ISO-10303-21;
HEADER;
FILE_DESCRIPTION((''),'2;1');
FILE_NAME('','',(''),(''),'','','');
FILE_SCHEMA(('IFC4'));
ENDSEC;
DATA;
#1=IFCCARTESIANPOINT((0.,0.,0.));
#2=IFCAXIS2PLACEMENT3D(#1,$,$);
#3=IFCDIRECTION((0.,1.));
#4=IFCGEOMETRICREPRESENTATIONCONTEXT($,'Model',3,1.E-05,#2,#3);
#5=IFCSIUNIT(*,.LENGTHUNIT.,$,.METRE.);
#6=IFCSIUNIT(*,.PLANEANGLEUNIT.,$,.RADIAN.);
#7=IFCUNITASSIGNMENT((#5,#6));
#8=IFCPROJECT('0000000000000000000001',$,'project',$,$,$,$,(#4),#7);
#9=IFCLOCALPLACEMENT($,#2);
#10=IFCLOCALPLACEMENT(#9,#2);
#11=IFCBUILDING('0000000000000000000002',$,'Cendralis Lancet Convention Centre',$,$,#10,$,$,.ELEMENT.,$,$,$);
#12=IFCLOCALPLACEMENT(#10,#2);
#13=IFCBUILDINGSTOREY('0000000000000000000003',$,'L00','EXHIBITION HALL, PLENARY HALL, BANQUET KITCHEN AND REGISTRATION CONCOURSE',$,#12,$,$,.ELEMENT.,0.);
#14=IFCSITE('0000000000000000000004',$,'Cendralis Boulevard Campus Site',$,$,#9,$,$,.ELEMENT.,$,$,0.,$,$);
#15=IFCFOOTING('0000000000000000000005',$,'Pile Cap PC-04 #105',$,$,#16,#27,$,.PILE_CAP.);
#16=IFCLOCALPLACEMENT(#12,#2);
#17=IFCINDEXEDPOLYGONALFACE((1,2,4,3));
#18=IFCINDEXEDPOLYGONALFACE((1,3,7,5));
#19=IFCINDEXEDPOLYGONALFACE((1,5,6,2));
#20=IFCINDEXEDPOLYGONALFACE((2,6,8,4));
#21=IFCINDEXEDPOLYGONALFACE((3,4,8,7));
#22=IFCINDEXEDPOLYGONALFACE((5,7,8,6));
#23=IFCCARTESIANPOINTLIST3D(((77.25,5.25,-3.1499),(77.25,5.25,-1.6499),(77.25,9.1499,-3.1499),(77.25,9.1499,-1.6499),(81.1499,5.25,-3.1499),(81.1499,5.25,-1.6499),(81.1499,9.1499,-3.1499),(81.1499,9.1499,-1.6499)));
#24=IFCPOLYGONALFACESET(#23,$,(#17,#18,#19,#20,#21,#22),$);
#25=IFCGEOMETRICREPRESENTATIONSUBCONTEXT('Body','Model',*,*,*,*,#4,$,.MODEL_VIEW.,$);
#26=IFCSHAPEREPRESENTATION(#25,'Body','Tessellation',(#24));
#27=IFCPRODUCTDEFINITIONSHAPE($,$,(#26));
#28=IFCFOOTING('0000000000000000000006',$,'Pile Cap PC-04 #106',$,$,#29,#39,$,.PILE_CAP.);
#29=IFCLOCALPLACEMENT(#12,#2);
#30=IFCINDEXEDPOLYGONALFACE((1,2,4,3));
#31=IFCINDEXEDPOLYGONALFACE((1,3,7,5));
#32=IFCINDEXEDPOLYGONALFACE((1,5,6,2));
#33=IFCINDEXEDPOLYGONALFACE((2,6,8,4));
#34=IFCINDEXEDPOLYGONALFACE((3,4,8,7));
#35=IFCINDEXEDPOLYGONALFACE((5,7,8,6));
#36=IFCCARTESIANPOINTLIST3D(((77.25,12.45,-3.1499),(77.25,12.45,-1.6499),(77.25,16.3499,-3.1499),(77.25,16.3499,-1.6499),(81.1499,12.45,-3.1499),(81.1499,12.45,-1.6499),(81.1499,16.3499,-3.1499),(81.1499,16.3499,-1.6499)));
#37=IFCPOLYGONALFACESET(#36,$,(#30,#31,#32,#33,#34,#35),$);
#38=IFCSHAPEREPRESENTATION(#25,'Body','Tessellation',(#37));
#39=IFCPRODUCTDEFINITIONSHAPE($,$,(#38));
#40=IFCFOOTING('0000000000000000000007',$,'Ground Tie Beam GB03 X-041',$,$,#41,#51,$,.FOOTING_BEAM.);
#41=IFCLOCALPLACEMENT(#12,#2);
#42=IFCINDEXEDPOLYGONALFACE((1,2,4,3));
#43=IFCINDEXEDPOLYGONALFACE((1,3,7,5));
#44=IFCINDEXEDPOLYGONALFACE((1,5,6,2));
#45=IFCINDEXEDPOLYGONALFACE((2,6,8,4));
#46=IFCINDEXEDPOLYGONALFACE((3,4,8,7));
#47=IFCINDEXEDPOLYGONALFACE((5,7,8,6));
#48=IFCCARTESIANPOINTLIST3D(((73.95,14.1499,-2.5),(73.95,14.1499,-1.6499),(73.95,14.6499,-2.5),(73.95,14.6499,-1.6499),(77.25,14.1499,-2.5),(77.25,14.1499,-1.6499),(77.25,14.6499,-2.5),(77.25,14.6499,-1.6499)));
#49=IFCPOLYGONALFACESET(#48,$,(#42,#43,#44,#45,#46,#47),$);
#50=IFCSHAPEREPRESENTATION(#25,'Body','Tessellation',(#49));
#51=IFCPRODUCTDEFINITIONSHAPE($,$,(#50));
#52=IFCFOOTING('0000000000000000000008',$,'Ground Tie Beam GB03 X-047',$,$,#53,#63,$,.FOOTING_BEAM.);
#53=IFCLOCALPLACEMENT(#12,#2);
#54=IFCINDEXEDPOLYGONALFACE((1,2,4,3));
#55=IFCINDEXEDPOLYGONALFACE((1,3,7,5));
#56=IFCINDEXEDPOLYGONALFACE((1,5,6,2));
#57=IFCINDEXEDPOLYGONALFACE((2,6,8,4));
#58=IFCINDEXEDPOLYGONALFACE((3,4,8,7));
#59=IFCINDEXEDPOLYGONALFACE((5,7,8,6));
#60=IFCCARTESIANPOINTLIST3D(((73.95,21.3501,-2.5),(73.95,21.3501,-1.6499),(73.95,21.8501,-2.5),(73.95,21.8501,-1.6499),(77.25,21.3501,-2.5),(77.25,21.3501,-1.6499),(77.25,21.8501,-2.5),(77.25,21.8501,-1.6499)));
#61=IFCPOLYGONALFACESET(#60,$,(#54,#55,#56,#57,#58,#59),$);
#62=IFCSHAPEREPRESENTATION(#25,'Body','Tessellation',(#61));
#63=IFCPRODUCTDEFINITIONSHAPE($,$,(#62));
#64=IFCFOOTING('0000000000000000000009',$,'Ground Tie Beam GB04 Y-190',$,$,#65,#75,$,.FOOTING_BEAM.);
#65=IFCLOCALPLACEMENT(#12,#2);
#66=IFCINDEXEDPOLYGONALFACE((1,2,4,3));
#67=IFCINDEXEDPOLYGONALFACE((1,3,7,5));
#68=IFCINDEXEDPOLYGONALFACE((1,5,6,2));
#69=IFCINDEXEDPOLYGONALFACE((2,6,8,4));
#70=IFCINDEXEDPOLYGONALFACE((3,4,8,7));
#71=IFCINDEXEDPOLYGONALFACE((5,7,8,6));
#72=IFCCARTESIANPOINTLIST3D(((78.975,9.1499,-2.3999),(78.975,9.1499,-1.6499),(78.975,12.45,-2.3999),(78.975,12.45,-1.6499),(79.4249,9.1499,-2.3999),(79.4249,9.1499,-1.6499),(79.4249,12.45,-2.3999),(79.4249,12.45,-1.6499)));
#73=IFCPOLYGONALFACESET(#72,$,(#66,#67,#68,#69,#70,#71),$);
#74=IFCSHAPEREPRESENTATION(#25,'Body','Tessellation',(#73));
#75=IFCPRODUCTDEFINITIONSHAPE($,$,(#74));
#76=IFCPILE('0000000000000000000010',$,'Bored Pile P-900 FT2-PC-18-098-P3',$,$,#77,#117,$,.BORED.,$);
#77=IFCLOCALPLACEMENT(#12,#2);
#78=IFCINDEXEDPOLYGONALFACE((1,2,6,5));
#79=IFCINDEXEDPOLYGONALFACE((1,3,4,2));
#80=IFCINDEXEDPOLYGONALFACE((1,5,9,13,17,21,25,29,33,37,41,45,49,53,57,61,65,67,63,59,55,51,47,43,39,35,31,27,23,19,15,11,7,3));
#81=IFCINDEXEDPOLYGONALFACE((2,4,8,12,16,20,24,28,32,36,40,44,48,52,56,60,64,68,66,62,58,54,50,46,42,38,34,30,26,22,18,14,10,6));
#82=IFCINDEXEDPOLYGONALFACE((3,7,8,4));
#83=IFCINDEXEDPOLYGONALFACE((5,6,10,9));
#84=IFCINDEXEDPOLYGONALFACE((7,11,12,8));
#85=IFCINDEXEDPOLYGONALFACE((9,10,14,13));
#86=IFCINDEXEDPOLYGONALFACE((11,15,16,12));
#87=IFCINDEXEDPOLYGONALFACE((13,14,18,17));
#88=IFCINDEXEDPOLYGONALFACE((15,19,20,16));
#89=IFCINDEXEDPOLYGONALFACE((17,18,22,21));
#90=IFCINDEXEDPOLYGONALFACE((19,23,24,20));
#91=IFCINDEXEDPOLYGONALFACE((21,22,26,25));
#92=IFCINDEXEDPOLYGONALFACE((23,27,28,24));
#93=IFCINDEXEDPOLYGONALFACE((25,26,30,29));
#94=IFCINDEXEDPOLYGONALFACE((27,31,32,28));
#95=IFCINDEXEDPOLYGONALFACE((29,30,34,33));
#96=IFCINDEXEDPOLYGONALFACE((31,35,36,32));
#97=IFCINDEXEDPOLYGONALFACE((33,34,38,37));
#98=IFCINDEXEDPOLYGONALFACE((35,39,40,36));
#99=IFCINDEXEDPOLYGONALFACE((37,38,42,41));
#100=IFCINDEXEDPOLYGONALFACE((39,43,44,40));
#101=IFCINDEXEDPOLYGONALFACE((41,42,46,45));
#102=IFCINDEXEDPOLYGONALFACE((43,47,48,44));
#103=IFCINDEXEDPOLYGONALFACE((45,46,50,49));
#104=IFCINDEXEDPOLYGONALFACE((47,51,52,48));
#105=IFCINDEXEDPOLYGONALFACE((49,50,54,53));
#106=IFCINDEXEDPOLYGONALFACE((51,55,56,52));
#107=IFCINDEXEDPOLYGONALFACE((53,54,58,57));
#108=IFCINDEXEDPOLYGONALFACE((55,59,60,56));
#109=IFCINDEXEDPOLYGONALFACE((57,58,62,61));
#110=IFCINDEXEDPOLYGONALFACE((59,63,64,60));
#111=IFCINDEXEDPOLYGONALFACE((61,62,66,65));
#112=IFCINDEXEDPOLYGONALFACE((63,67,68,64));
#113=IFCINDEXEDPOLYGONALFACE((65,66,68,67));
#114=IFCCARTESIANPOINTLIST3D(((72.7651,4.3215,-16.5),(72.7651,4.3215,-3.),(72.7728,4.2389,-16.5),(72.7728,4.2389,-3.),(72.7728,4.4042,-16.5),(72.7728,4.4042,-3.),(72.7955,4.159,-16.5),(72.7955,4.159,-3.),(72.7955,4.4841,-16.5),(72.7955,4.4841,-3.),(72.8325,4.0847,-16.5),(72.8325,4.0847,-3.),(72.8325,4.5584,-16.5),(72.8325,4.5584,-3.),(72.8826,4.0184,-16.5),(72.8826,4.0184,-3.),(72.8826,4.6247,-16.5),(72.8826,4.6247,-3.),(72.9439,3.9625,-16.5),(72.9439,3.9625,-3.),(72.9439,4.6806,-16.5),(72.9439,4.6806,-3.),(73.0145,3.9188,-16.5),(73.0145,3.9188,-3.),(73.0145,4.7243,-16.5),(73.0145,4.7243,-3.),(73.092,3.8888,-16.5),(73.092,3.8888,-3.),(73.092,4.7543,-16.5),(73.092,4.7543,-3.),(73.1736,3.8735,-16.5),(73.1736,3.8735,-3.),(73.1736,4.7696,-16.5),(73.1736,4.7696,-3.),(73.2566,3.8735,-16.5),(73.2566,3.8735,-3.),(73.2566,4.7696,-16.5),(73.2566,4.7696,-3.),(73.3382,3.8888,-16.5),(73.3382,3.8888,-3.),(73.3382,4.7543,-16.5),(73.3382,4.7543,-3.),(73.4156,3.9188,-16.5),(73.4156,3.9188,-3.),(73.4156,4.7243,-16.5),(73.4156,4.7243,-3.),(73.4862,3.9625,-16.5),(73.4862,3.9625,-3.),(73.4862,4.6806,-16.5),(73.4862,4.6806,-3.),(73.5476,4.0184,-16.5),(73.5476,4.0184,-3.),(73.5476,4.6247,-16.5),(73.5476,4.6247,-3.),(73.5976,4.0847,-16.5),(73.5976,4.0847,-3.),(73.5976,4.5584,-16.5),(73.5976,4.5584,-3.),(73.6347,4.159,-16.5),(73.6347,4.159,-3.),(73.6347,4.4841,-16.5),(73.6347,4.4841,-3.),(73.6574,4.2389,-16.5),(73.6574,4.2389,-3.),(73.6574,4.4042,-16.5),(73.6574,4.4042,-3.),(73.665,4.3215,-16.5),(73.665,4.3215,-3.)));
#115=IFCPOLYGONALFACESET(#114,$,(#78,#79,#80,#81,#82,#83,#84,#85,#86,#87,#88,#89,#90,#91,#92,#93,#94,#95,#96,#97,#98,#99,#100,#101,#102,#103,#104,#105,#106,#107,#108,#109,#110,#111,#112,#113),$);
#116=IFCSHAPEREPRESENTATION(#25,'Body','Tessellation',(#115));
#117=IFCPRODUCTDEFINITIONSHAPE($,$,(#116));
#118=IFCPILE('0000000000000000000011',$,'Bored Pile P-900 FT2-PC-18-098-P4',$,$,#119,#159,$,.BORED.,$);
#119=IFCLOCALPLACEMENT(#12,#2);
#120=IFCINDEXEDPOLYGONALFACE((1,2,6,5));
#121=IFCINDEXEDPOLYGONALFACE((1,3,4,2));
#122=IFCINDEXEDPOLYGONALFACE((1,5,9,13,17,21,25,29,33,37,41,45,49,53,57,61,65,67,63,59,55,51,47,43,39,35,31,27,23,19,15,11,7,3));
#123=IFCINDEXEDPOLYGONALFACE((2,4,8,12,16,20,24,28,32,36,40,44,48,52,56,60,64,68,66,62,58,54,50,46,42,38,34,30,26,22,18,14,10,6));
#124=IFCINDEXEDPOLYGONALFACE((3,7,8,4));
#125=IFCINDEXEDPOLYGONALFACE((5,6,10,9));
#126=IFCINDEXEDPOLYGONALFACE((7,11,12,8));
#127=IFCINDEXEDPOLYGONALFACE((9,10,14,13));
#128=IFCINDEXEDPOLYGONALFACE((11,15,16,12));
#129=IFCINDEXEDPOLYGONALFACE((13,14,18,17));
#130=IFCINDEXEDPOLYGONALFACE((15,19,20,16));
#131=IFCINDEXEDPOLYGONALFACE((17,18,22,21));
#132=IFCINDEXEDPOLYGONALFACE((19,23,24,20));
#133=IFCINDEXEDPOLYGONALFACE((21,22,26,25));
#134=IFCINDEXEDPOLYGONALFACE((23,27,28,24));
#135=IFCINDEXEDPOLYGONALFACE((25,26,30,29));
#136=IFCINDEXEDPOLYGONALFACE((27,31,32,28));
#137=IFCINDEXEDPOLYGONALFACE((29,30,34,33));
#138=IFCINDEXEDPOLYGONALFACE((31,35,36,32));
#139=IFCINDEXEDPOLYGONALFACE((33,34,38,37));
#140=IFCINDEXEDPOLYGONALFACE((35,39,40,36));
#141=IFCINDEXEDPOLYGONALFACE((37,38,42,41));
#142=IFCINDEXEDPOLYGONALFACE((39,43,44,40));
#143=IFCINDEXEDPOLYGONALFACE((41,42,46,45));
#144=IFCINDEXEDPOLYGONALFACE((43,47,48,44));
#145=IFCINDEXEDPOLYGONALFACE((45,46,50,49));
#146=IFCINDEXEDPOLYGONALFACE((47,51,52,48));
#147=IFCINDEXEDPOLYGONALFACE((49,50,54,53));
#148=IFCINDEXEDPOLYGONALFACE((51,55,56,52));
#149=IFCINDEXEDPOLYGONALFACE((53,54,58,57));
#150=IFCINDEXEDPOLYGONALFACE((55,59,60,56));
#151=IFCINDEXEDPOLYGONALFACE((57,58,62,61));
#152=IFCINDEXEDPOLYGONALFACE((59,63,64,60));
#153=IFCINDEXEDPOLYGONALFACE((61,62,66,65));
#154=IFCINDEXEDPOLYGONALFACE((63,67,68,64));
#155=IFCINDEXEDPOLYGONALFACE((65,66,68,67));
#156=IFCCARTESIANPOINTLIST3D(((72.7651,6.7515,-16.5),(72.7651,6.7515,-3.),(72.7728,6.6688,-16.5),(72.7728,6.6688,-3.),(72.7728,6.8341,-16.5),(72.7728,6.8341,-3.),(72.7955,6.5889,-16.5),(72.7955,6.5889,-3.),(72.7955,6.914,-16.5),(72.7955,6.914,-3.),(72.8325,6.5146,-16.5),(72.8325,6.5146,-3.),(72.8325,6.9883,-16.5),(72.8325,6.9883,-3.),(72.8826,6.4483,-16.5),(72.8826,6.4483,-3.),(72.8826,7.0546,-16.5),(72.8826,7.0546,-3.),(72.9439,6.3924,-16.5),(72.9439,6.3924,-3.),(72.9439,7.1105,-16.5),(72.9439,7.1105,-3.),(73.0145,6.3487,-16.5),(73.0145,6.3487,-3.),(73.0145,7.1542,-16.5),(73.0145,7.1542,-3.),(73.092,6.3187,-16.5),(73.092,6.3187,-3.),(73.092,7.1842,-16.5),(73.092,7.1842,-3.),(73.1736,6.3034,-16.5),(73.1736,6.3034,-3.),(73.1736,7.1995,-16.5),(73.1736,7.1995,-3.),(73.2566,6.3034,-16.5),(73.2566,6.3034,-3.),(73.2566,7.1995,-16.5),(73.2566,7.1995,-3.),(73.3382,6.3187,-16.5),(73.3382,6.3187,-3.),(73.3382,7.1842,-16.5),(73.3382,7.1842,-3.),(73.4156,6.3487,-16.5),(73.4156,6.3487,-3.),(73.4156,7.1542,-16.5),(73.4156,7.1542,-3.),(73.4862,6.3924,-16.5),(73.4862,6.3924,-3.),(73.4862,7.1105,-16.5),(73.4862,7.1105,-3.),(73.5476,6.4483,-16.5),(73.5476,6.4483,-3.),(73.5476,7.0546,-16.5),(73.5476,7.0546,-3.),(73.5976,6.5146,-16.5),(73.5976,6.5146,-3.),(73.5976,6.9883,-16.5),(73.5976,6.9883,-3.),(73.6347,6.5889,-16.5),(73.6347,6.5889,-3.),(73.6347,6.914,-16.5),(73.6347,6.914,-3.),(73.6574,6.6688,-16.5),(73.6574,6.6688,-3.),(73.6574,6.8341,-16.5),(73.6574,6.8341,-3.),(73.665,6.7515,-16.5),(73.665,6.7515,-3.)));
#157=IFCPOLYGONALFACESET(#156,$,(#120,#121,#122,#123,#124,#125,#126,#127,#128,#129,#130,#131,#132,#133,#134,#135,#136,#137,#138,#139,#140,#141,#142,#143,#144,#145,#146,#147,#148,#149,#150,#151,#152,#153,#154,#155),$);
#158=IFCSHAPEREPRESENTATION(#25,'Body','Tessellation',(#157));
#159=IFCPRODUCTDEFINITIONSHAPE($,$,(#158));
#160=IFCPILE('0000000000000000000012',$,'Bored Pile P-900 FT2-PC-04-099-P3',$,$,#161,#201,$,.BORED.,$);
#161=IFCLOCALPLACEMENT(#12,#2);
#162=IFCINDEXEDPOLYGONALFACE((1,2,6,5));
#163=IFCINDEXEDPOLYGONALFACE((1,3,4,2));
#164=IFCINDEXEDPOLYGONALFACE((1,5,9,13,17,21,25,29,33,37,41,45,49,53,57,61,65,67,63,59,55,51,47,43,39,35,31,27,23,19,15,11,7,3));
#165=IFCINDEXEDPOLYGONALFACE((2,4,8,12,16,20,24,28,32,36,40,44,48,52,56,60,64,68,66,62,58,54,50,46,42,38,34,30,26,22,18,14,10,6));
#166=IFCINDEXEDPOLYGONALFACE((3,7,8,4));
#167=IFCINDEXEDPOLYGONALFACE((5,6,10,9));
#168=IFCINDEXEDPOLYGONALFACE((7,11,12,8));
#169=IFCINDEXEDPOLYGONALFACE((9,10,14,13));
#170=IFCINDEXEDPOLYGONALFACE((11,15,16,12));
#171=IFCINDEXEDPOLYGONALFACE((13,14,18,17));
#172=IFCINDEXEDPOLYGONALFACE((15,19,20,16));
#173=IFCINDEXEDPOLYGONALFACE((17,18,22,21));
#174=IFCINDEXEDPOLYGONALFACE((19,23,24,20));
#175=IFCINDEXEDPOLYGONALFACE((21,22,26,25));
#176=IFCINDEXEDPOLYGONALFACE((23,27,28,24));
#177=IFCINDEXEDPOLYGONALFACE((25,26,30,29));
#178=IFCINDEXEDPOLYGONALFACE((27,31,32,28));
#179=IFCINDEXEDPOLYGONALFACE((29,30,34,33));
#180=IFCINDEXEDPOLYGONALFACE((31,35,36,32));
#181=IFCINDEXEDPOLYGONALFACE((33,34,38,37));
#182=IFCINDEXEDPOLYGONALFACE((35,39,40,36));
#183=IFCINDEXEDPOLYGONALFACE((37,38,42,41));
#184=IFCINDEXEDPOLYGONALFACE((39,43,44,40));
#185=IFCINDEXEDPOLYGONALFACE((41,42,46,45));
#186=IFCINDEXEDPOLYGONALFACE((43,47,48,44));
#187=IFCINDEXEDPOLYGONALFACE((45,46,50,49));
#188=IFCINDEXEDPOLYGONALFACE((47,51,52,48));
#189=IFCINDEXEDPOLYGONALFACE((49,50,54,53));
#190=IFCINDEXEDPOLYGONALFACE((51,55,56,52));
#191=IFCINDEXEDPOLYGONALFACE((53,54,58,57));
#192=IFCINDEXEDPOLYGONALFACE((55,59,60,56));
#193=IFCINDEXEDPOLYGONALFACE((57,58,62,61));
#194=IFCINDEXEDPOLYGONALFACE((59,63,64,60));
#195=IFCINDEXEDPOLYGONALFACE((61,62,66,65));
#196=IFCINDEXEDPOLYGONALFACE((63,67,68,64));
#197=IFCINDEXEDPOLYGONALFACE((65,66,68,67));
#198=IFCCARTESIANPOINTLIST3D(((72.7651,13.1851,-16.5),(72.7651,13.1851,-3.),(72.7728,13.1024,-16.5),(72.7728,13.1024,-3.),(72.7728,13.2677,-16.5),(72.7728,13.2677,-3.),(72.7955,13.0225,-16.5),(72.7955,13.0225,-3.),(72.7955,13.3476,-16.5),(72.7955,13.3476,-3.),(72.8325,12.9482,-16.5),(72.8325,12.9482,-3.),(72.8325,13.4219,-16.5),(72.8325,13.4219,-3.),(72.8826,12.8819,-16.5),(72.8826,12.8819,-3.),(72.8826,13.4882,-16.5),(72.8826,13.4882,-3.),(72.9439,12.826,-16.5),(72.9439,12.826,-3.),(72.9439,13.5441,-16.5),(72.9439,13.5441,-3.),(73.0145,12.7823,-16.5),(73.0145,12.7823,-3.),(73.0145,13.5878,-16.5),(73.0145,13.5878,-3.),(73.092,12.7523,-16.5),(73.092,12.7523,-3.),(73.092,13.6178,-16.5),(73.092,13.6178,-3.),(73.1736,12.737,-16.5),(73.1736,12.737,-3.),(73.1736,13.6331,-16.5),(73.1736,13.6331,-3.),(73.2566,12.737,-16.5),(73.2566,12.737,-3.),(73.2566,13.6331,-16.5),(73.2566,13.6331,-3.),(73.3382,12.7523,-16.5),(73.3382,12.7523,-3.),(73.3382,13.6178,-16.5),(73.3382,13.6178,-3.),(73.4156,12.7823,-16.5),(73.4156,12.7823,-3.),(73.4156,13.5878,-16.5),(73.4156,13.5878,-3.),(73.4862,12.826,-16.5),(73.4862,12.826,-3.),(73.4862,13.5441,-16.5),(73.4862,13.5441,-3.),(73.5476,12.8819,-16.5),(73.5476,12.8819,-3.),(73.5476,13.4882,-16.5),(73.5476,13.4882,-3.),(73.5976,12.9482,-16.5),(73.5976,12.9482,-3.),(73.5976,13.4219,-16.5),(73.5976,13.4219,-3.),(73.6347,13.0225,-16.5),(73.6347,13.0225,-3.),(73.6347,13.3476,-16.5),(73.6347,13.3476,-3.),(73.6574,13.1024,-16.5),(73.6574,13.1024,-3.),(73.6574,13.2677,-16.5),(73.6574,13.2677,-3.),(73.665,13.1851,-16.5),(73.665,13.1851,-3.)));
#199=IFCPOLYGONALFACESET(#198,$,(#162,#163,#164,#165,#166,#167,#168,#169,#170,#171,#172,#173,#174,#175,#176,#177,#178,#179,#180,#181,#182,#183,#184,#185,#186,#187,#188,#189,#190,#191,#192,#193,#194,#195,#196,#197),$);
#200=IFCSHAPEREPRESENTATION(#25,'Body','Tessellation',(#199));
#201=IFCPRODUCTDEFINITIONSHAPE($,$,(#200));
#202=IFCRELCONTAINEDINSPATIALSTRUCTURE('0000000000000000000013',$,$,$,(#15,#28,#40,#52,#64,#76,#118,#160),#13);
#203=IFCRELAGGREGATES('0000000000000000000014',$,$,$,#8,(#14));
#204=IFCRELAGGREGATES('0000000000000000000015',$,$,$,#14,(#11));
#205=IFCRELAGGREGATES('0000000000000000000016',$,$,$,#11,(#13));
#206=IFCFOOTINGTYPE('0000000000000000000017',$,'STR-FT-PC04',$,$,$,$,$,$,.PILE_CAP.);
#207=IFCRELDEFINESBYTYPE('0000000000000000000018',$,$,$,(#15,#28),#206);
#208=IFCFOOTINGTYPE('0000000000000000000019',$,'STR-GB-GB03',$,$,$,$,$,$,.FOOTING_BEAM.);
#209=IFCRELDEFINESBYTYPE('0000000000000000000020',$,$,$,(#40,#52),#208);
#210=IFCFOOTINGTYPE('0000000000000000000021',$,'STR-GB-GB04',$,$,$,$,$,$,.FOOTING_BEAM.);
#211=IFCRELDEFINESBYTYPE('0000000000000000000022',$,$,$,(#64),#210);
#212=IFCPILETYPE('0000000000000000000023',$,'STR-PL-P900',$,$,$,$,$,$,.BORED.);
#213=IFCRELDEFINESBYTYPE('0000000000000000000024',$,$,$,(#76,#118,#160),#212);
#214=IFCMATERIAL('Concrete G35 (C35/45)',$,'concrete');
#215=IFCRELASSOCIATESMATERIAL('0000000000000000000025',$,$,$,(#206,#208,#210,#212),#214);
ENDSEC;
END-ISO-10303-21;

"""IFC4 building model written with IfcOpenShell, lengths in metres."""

from ifc_helpers import new_model, si_unit, direction, frame, origin, origin_2d, place, context, subcontext, project, spatial, rectangle, circle, extrude, material, material_profile, profile_set, type_object, element, save


model = new_model("IFC4")

# Units and contexts
model_context = context("Model", 3, precision=1e-05, world=origin(), true_north=direction((0.0, 1.0)))
body_context = subcontext(model_context, "Body", "Model", "MODEL_VIEW")
ifc_project = project(units=[si_unit("LENGTHUNIT", "METRE"), si_unit("PLANEANGLEUNIT", "RADIAN")], contexts=[model_context])

# Site, building, storey
site_placement = place(None, origin())
site = spatial("IfcSite", under=ifc_project, at=site_placement, Name="Cendralis Boulevard Campus Site", CompositionType="ELEMENT", RefElevation=0.0)
building_placement = place(site_placement, origin())
building = spatial("IfcBuilding", under=site, at=building_placement, Name="Cendralis Lancet Convention Centre", CompositionType="ELEMENT")
storey_placement = place(building_placement, origin())
storey = spatial("IfcBuildingStorey", under=building, at=storey_placement, Name="L00", Description="EXHIBITION HALL, PLENARY HALL, BANQUET KITCHEN AND REGISTRATION CONCOURSE", CompositionType="ELEMENT", Elevation=0.0)

# Footings
ifc_material_1 = material(Name="Concrete G35 (C35/45)", Category="concrete")
footing_type_1 = type_object("IfcFootingType", Name="STR-FT-PC04", PredefinedType="PILE_CAP", material=ifc_material_1)
for number, where, z_axis, x_axis, name in (
    (1, (79.2, 7.2, -3.1499), (0.0, 0.0, 1.0), (1.0, 0.0, 0.0), "Pile Cap PC-04 #105"),
    (2, (79.2, 14.3999, -3.1499), (0.0, 0.0, 1.0), (1.0, 0.0, 0.0), "Pile Cap PC-04 #106"),
):
    element("IfcFooting", number, at=place(storey_placement, frame(where, z_axis=z_axis, x_axis=x_axis)), inside=storey, type_object=footing_type_1, Name=name, PredefinedType="PILE_CAP", context=body_context, shape_type="SweptSolid", body=[
        extrude(rectangle(XDim=3.8999, YDim=3.8999, at=origin_2d()), origin(), (0.0, 0.0, 1.0), 1.5),
    ])
ifc_material_profile_1 = material_profile(ifc_material_1, rectangle(XDim=0.5, YDim=0.8501, at=origin_2d()), Name="RCB 500x850")
ifc_profile_set_1 = profile_set([ifc_material_profile_1], Name="Concrete G35 (C35/45)")
footing_type_2 = type_object("IfcFootingType", Name="STR-GB-GB03", PredefinedType="FOOTING_BEAM", material=ifc_profile_set_1)
for number, where, z_axis, x_axis, name in (
    (3, (73.95, 14.3999, -2.075), (1.0, 0.0, 0.0), (0.0, 1.0, 0.0), "Ground Tie Beam GB03 X-041"),
    (4, (73.95, 21.6001, -2.075), (1.0, 0.0, 0.0), (0.0, 1.0, 0.0), "Ground Tie Beam GB03 X-047"),
):
    element("IfcFooting", number, at=place(storey_placement, frame(where, z_axis=z_axis, x_axis=x_axis)), inside=storey, type_object=footing_type_2, Name=name, PredefinedType="FOOTING_BEAM", context=body_context, shape_type="SweptSolid", body=[
        extrude(rectangle(XDim=0.5, YDim=0.8501, at=origin_2d()), origin(), (0.0, 0.0, 1.0), 3.3),
    ])
ifc_material_profile_2 = material_profile(ifc_material_1, rectangle(XDim=0.45, YDim=0.75, at=origin_2d()), Name="RCB 450x750")
ifc_profile_set_2 = profile_set([ifc_material_profile_2], Name="Concrete G35 (C35/45)")
footing_type_3 = type_object("IfcFootingType", Name="STR-GB-GB04", PredefinedType="FOOTING_BEAM", material=ifc_profile_set_2)
footing_placement = place(storey_placement, frame((79.2, 9.1499, -2.0249), z_axis=(0.0, 1.0, 0.0), x_axis=(-1.0, 0.0, 0.0)))
element("IfcFooting", 5, at=footing_placement, inside=storey, type_object=footing_type_3, Name="Ground Tie Beam GB04 Y-190", PredefinedType="FOOTING_BEAM", context=body_context, shape_type="SweptSolid", body=[
    extrude(rectangle(XDim=0.45, YDim=0.75, at=origin_2d()), origin(), (0.0, 0.0, 1.0), 3.3),
])

# Piles
ifc_material_profile_3 = material_profile(ifc_material_1, circle(Radius=0.45, at=origin_2d()), Name="BORED PILE D900")
ifc_profile_set_3 = profile_set([ifc_material_profile_3], Name="Concrete G35 (C35/45)")
pile_type = type_object("IfcPileType", Name="STR-PL-P900", PredefinedType="BORED", material=ifc_profile_set_3)
for number, where, z_axis, x_axis, name in (
    (6, (73.2151, 4.3215, -3.0), (0.0, 0.0, -1.0), (1.0, 0.0, 0.0), "Bored Pile P-900 FT2-PC-18-098-P3"),
    (7, (73.2151, 6.7515, -3.0), (0.0, 0.0, -1.0), (1.0, 0.0, 0.0), "Bored Pile P-900 FT2-PC-18-098-P4"),
    (8, (73.2151, 13.1851, -3.0), (0.0, 0.0, -1.0), (1.0, 0.0, 0.0), "Bored Pile P-900 FT2-PC-04-099-P3"),
):
    element("IfcPile", number, at=place(storey_placement, frame(where, z_axis=z_axis, x_axis=x_axis)), inside=storey, type_object=pile_type, Name=name, PredefinedType="BORED", context=body_context, shape_type="SweptSolid", body=[
        extrude(circle(Radius=0.45, at=origin_2d()), origin(), (0.0, 0.0, 1.0), 13.5),
    ])

save(model, "model.ifc")
